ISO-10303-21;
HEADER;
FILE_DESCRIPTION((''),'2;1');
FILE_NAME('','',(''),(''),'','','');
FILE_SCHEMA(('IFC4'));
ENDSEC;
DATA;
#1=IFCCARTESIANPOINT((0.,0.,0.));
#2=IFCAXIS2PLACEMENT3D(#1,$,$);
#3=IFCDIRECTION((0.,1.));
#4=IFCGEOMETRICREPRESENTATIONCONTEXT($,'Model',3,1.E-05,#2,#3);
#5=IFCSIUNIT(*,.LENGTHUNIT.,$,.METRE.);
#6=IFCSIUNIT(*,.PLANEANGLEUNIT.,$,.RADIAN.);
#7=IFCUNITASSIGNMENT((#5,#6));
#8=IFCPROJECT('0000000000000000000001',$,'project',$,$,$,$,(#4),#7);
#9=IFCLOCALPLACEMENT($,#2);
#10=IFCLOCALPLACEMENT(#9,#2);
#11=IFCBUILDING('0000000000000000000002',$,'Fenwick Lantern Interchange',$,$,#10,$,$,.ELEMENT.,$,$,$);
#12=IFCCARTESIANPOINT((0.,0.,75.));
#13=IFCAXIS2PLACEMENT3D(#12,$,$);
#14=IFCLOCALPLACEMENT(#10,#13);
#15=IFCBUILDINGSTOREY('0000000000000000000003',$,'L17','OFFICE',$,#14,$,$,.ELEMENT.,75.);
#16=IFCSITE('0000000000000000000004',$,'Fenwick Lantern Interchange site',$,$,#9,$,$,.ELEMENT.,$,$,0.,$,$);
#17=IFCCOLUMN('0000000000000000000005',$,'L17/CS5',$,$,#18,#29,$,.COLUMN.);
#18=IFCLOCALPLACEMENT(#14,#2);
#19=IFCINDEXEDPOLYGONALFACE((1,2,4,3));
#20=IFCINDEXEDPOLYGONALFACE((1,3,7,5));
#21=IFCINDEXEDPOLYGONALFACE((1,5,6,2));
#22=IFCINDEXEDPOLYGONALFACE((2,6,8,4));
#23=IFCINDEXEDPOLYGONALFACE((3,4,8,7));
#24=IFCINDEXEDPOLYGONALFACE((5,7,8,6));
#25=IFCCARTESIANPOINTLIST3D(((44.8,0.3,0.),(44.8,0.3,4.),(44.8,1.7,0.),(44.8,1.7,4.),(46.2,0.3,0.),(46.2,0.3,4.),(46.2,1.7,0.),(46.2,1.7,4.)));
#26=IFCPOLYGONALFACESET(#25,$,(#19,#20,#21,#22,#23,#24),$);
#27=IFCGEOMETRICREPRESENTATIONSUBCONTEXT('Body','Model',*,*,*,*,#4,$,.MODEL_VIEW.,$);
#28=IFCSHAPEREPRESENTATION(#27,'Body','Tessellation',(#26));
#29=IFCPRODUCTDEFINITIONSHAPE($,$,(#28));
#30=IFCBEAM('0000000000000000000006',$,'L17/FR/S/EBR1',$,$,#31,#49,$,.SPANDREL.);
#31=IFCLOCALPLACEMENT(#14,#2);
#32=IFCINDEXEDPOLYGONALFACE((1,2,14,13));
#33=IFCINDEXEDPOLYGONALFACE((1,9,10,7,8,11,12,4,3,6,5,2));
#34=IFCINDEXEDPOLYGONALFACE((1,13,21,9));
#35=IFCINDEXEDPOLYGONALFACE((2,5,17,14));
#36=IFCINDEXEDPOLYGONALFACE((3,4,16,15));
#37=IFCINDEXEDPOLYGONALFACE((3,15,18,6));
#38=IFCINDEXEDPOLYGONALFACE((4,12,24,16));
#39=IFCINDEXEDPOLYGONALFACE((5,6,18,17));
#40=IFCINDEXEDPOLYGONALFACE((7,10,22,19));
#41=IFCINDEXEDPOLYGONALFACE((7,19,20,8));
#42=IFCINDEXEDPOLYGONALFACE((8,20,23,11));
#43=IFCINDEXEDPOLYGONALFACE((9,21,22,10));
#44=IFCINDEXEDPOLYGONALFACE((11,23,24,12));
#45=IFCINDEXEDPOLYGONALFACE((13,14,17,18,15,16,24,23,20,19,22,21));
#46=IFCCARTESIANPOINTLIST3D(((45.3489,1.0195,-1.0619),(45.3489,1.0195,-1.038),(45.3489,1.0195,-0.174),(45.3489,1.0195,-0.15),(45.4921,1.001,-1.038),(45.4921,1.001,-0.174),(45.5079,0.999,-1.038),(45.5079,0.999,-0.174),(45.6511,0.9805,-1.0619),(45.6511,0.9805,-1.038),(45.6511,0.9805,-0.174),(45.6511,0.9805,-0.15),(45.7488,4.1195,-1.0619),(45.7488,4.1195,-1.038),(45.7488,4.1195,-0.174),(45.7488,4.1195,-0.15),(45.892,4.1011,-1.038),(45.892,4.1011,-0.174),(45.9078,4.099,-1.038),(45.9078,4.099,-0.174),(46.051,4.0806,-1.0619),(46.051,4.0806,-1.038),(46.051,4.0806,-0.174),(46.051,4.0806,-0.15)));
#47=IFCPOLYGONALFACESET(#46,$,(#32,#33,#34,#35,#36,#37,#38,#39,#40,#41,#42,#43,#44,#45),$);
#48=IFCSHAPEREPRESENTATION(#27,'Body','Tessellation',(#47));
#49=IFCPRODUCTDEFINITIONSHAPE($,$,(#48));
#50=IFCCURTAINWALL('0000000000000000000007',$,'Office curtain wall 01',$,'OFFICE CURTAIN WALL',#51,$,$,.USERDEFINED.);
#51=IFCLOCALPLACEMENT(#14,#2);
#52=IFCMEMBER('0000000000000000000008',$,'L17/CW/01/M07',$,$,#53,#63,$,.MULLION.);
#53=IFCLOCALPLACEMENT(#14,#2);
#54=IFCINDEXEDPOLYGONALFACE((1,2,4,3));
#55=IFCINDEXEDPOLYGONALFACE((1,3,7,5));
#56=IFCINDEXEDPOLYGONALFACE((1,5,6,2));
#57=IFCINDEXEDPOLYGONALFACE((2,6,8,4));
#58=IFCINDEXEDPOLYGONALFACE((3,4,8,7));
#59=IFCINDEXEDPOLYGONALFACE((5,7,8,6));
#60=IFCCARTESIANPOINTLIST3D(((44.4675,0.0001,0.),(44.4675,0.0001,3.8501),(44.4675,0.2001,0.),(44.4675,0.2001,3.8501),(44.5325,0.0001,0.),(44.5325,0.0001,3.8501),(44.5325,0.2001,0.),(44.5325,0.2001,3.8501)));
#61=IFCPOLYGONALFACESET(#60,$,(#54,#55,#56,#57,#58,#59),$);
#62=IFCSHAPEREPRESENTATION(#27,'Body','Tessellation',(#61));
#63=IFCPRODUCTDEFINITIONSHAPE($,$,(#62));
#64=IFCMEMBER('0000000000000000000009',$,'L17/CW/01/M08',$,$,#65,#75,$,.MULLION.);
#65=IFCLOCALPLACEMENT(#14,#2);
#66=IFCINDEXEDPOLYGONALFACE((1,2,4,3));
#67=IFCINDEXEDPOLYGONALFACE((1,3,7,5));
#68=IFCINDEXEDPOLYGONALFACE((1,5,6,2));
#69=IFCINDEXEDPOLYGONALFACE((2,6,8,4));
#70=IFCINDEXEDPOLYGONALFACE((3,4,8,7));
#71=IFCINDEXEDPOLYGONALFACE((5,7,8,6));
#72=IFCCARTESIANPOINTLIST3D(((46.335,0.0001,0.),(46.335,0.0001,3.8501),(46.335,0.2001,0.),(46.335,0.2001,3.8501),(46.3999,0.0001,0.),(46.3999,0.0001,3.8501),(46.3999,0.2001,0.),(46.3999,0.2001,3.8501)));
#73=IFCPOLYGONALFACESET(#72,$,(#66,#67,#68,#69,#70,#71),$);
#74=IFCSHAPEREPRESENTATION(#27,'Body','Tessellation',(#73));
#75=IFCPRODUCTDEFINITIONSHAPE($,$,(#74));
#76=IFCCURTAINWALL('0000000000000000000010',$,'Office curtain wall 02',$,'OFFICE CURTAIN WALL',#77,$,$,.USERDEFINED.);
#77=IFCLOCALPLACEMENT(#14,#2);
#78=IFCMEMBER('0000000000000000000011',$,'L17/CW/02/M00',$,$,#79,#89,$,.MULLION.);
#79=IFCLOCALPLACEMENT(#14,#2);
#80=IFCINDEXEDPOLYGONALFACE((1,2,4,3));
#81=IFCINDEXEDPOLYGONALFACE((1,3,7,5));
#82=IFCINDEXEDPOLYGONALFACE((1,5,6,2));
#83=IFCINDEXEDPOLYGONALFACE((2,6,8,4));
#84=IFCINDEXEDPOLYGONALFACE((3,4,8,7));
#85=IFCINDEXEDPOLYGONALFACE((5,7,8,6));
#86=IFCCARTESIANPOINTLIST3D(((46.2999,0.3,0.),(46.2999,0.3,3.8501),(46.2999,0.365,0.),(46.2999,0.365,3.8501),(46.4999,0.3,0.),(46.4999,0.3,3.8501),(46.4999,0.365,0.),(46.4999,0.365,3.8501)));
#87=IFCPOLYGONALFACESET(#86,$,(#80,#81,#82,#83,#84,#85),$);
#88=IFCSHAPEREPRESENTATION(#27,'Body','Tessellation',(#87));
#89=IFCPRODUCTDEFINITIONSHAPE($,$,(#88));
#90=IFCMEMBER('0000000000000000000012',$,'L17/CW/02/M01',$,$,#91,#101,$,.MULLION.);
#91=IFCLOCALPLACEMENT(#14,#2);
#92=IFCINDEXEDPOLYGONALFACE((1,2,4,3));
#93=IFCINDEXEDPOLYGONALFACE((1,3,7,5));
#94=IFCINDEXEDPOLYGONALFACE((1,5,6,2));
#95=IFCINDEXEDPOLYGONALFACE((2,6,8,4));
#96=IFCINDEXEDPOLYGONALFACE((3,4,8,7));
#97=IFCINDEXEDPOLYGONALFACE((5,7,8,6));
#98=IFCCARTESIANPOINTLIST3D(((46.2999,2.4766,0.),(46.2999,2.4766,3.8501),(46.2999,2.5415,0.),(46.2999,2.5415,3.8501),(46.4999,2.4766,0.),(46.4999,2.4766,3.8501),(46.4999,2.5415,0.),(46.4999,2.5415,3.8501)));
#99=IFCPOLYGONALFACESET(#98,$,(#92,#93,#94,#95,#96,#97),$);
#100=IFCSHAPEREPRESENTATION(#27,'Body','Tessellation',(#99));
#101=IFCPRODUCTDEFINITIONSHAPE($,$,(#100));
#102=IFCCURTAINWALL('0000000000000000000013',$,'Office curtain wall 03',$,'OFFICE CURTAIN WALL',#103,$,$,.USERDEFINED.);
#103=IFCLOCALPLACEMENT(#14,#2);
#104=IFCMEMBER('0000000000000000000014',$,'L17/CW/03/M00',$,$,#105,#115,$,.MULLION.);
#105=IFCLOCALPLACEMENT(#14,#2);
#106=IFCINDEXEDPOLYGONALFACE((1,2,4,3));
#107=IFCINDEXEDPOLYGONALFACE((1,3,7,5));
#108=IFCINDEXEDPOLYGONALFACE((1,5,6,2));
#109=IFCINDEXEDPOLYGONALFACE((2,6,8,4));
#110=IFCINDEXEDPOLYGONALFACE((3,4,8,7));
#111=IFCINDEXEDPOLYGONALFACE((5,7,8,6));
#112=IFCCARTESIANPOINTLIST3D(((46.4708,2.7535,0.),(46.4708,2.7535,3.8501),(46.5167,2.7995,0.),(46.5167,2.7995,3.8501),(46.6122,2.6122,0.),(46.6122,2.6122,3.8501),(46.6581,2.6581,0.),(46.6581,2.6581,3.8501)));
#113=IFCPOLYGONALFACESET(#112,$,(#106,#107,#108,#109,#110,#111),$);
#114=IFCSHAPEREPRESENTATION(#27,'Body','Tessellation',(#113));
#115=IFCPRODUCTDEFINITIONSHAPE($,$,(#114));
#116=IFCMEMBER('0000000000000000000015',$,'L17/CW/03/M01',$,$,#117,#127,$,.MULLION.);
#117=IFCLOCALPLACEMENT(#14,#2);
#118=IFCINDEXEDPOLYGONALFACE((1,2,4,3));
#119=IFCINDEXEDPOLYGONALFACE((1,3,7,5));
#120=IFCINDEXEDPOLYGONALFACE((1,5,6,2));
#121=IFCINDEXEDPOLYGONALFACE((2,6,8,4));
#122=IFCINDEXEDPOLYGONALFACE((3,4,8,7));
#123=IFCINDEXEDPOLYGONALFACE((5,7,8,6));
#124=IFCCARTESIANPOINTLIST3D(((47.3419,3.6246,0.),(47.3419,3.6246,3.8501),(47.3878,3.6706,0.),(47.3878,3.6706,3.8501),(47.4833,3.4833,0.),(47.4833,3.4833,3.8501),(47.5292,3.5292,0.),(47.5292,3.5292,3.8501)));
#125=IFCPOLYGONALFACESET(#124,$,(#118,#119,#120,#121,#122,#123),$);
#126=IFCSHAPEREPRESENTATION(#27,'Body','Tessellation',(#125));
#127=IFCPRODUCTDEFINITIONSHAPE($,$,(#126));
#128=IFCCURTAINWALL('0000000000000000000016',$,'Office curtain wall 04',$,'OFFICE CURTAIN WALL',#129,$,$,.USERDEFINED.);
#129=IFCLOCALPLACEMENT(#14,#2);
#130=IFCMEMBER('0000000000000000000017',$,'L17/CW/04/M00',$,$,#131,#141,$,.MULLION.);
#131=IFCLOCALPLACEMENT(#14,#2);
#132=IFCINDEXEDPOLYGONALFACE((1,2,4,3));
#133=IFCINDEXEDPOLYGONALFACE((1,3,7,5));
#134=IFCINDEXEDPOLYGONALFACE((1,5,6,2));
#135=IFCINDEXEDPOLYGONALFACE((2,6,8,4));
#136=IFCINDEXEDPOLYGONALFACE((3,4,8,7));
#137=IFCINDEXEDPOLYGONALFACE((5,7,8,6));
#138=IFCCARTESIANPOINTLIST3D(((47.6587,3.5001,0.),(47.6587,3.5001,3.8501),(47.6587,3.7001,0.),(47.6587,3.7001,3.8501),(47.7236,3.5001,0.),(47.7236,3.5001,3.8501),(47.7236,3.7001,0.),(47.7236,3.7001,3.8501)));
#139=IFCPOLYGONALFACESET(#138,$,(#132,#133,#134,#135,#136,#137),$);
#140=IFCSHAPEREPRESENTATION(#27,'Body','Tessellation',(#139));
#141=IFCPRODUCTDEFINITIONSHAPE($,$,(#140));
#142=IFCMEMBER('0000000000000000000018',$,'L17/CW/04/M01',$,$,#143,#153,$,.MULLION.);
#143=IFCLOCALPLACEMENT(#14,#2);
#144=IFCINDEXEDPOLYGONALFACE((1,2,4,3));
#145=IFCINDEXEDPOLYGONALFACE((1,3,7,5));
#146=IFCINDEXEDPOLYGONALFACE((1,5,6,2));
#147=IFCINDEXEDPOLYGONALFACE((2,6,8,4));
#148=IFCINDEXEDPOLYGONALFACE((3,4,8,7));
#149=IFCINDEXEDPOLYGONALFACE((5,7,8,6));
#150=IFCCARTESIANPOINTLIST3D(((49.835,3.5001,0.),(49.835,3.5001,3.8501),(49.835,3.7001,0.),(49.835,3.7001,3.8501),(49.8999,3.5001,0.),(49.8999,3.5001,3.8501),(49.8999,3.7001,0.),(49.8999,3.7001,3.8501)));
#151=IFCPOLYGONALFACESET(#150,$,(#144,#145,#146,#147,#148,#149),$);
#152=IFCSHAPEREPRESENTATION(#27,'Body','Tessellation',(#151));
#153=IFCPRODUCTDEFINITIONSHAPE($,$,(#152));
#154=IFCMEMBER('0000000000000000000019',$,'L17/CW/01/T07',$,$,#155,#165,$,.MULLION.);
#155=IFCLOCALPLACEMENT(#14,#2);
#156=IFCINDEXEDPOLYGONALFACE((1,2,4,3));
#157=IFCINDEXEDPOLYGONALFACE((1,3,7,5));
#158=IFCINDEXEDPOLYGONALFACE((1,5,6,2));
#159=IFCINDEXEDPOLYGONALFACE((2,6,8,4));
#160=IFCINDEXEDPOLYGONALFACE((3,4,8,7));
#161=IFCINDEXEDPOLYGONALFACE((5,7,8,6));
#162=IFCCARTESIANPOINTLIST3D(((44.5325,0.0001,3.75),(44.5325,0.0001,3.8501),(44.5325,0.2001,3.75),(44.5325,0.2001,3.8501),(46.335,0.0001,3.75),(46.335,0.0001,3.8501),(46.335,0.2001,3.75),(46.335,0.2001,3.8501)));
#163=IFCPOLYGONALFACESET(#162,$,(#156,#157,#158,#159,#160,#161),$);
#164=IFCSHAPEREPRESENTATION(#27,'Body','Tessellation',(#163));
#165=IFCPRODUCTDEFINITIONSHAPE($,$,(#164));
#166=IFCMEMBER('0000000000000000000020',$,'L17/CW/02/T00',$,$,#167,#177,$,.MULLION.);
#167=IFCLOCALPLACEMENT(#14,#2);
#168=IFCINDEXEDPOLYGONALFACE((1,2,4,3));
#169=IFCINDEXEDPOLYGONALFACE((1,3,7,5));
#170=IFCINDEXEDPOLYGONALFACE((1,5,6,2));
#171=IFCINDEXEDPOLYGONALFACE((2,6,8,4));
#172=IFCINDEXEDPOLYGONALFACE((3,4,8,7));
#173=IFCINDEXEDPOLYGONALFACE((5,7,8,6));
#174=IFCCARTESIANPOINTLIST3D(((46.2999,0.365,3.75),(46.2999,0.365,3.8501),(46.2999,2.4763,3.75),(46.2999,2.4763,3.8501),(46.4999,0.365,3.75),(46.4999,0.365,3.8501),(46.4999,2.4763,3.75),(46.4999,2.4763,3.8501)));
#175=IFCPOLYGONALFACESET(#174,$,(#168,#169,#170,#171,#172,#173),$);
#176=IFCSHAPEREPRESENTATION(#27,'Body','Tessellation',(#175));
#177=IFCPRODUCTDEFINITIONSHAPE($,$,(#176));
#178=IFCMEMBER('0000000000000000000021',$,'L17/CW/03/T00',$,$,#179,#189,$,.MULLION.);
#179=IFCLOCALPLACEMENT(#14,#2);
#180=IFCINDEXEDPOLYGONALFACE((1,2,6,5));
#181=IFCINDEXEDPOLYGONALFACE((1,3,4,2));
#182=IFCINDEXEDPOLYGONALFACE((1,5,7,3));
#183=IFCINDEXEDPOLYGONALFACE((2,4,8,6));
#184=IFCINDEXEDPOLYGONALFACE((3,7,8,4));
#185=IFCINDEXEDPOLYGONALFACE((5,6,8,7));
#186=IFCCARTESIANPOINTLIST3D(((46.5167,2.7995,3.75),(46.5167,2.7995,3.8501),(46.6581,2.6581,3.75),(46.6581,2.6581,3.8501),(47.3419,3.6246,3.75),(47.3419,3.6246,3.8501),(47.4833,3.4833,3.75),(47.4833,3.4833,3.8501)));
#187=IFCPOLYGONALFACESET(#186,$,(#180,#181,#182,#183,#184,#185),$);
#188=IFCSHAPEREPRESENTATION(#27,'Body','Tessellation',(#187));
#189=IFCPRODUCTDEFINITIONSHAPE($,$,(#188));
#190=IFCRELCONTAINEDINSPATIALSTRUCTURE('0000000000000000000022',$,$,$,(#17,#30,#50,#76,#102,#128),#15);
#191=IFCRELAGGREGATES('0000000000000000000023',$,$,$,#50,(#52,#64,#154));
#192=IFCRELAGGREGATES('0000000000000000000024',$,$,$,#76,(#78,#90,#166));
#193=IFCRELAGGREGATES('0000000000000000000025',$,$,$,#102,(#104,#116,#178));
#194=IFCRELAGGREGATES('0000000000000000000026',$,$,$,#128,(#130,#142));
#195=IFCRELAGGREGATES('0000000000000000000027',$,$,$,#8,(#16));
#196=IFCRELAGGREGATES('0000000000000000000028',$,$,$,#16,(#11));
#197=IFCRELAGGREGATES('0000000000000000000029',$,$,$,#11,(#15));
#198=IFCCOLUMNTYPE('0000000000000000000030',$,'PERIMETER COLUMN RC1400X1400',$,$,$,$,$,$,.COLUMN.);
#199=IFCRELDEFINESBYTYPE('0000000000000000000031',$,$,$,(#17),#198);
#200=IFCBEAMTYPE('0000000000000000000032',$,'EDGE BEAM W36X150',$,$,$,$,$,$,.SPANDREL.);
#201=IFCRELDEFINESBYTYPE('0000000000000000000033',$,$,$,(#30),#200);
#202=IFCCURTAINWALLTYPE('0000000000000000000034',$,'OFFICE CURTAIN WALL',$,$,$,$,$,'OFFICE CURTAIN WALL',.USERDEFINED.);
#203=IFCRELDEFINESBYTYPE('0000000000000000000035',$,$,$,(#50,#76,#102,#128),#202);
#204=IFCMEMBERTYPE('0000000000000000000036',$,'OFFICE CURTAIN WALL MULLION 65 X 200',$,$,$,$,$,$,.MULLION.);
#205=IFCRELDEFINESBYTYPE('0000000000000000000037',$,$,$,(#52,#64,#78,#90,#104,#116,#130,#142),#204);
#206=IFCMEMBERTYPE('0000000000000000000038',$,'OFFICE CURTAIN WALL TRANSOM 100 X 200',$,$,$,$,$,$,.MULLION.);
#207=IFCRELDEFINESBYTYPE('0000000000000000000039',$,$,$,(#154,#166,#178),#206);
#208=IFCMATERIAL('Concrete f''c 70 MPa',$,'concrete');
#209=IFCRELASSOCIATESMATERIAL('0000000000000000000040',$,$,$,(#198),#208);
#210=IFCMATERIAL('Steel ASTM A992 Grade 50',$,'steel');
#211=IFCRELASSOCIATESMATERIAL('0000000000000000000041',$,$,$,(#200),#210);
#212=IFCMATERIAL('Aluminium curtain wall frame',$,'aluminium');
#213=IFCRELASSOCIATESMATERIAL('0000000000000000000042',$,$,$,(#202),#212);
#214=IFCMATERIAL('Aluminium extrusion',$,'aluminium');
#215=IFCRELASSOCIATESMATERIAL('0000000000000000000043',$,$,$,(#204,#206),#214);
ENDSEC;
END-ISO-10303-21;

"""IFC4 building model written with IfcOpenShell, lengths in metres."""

from ifc_helpers import new_model, si_unit, direction, frame, origin, origin_2d, place, context, subcontext, project, spatial, rectangle, i_section, extrude, material, material_profile, profile_set, type_object, element, aggregate, save


model = new_model("IFC4")

# Units and contexts
model_context = context("Model", 3, precision=1e-05, world=origin(), true_north=direction((0.0, 1.0)))
body_context = subcontext(model_context, "Body", "Model", "MODEL_VIEW")
ifc_project = project(units=[si_unit("LENGTHUNIT", "METRE"), si_unit("PLANEANGLEUNIT", "RADIAN")], contexts=[model_context])

# Site, building, storey
site_placement = place(None, origin())
site = spatial("IfcSite", under=ifc_project, at=site_placement, Name="Fenwick Lantern Interchange site", CompositionType="ELEMENT", RefElevation=0.0)
building_placement = place(site_placement, origin())
building = spatial("IfcBuilding", under=site, at=building_placement, Name="Fenwick Lantern Interchange", CompositionType="ELEMENT")
storey_placement = place(building_placement, frame((0.0, 0.0, 75.0)))
storey = spatial("IfcBuildingStorey", under=building, at=storey_placement, Name="L17", Description="OFFICE", CompositionType="ELEMENT", Elevation=75.0)

# Column
ifc_material_1 = material(Name="Concrete f'c 70 MPa", Category="concrete")
ifc_material_profile_1 = material_profile(ifc_material_1, rectangle(XDim=1.3999, YDim=1.3999, at=origin_2d()), Name="RC1400X1400")
ifc_profile_set_1 = profile_set([ifc_material_profile_1], Name="Concrete f'c 70 MPa")
column_type = type_object("IfcColumnType", Name="PERIMETER COLUMN RC1400X1400", PredefinedType="COLUMN", material=ifc_profile_set_1)
column_placement = place(storey_placement, frame((45.5, 1.0, 0.0), z_axis=(0.0, 0.0, 1.0), x_axis=(1.0, 0.0, 0.0)))
element("IfcColumn", 1, at=column_placement, inside=storey, type_object=column_type, Name="L17/CS5", PredefinedType="COLUMN", context=body_context, shape_type="SweptSolid", body=[
    extrude(rectangle(XDim=1.3999, YDim=1.3999, at=origin_2d()), origin(), (0.0, 0.0, 1.0), 4.0),
])

# Beam
ifc_material_2 = material(Name="Steel ASTM A992 Grade 50", Category="steel")
ifc_material_profile_2 = material_profile(ifc_material_2, i_section(OverallWidth=0.3047, OverallDepth=0.9119, WebThickness=0.0159, FlangeThickness=0.0239, at=origin_2d()), Name="W36X150")
ifc_profile_set_2 = profile_set([ifc_material_profile_2], Name="Steel ASTM A992 Grade 50")
beam_type = type_object("IfcBeamType", Name="EDGE BEAM W36X150", PredefinedType="SPANDREL", material=ifc_profile_set_2)
beam_placement = place(storey_placement, frame((45.5, 1.0, -0.606), z_axis=(0.127937, 0.991782, 0.0), x_axis=(-0.991782, 0.127937, 0.0)))
element("IfcBeam", 2, at=beam_placement, inside=storey, type_object=beam_type, Name="L17/FR/S/EBR1", PredefinedType="SPANDREL", context=body_context, shape_type="SweptSolid", body=[
    extrude(i_section(OverallWidth=0.3047, OverallDepth=0.9119, WebThickness=0.0159, FlangeThickness=0.0239, at=origin_2d()), origin(), (0.0, 0.0, 1.0), 3.1257),
])

# Curtain walls, members
ifc_material_3 = material(Name="Aluminium curtain wall frame", Category="aluminium")
curtain_wall_type = type_object("IfcCurtainWallType", Name="OFFICE CURTAIN WALL", ElementType="OFFICE CURTAIN WALL", PredefinedType="USERDEFINED", material=ifc_material_3)
curtain_wall_1_placement = place(storey_placement, origin())
curtain_wall_1 = element("IfcCurtainWall", 3, at=curtain_wall_1_placement, inside=storey, type_object=curtain_wall_type, Name="Office curtain wall 01", ObjectType="OFFICE CURTAIN WALL", PredefinedType="USERDEFINED")
ifc_material_4 = material(Name="Aluminium extrusion", Category="aluminium")
ifc_material_profile_3 = material_profile(ifc_material_4, rectangle(XDim=0.2, YDim=0.0649, at=origin_2d()), Name="OFFICE CURTAIN WALL MULLION 65 X 200")
ifc_profile_set_3 = profile_set([ifc_material_profile_3], Name="Aluminium extrusion")
member_type_1 = type_object("IfcMemberType", Name="OFFICE CURTAIN WALL MULLION 65 X 200", PredefinedType="MULLION", material=ifc_profile_set_3)
member_1_placement = place(storey_placement, frame((44.5, 0.1001, 0.0), z_axis=(0.0, 0.0, 1.0), x_axis=(0.0, 1.0, 0.0)))
member_1 = element("IfcMember", 4, at=member_1_placement, type_object=member_type_1, Name="L17/CW/01/M07", PredefinedType="MULLION", context=body_context, shape_type="SweptSolid", body=[
    extrude(rectangle(XDim=0.2, YDim=0.0649, at=origin_2d()), origin(), (0.0, 0.0, 1.0), 3.8501),
])
member_2_placement = place(storey_placement, frame((46.3674, 0.1001, 0.0), z_axis=(0.0, 0.0, 1.0), x_axis=(0.0, 1.0, 0.0)))
member_2 = element("IfcMember", 5, at=member_2_placement, type_object=member_type_1, Name="L17/CW/01/M08", PredefinedType="MULLION", context=body_context, shape_type="SweptSolid", body=[
    extrude(rectangle(XDim=0.2, YDim=0.0649, at=origin_2d()), origin(), (0.0, 0.0, 1.0), 3.8501),
])
curtain_wall_2_placement = place(storey_placement, origin())
curtain_wall_2 = element("IfcCurtainWall", 6, at=curtain_wall_2_placement, inside=storey, type_object=curtain_wall_type, Name="Office curtain wall 02", ObjectType="OFFICE CURTAIN WALL", PredefinedType="USERDEFINED")
member_3_placement = place(storey_placement, frame((46.3999, 0.3325, 0.0), z_axis=(0.0, 0.0, 1.0), x_axis=(-1.0, 0.0, 0.0)))
member_3 = element("IfcMember", 7, at=member_3_placement, type_object=member_type_1, Name="L17/CW/02/M00", PredefinedType="MULLION", context=body_context, shape_type="SweptSolid", body=[
    extrude(rectangle(XDim=0.2, YDim=0.0649, at=origin_2d()), origin(), (0.0, 0.0, 1.0), 3.8501),
])
member_4_placement = place(storey_placement, frame((46.3999, 2.509, 0.0), z_axis=(0.0, 0.0, 1.0), x_axis=(-1.0, 0.0, 0.0)))
member_4 = element("IfcMember", 8, at=member_4_placement, type_object=member_type_1, Name="L17/CW/02/M01", PredefinedType="MULLION", context=body_context, shape_type="SweptSolid", body=[
    extrude(rectangle(XDim=0.2, YDim=0.0649, at=origin_2d()), origin(), (0.0, 0.0, 1.0), 3.8501),
])
curtain_wall_3_placement = place(storey_placement, origin())
curtain_wall_3 = element("IfcCurtainWall", 9, at=curtain_wall_3_placement, inside=storey, type_object=curtain_wall_type, Name="Office curtain wall 03", ObjectType="OFFICE CURTAIN WALL", PredefinedType="USERDEFINED")
member_5_placement = place(storey_placement, frame((46.5645, 2.7058, 0.0), z_axis=(0.0, 0.0, 1.0), x_axis=(-0.707107, 0.707107, 0.0)))
member_5 = element("IfcMember", 10, at=member_5_placement, type_object=member_type_1, Name="L17/CW/03/M00", PredefinedType="MULLION", context=body_context, shape_type="SweptSolid", body=[
    extrude(rectangle(XDim=0.2, YDim=0.0649, at=origin_2d()), origin(), (0.0, 0.0, 1.0), 3.8501),
])
member_6_placement = place(storey_placement, frame((47.4355, 3.5769, 0.0), z_axis=(0.0, 0.0, 1.0), x_axis=(-0.707107, 0.707107, 0.0)))
member_6 = element("IfcMember", 11, at=member_6_placement, type_object=member_type_1, Name="L17/CW/03/M01", PredefinedType="MULLION", context=body_context, shape_type="SweptSolid", body=[
    extrude(rectangle(XDim=0.2, YDim=0.0649, at=origin_2d()), origin(), (0.0, 0.0, 1.0), 3.8501),
])
curtain_wall_4_placement = place(storey_placement, origin())
curtain_wall_4 = element("IfcCurtainWall", 12, at=curtain_wall_4_placement, inside=storey, type_object=curtain_wall_type, Name="Office curtain wall 04", ObjectType="OFFICE CURTAIN WALL", PredefinedType="USERDEFINED")
member_7_placement = place(storey_placement, frame((47.6912, 3.6001, 0.0), z_axis=(0.0, 0.0, 1.0), x_axis=(0.0, 1.0, 0.0)))
member_7 = element("IfcMember", 13, at=member_7_placement, type_object=member_type_1, Name="L17/CW/04/M00", PredefinedType="MULLION", context=body_context, shape_type="SweptSolid", body=[
    extrude(rectangle(XDim=0.2, YDim=0.0649, at=origin_2d()), origin(), (0.0, 0.0, 1.0), 3.8501),
])
member_8_placement = place(storey_placement, frame((49.8674, 3.6001, 0.0), z_axis=(0.0, 0.0, 1.0), x_axis=(0.0, 1.0, 0.0)))
member_8 = element("IfcMember", 14, at=member_8_placement, type_object=member_type_1, Name="L17/CW/04/M01", PredefinedType="MULLION", context=body_context, shape_type="SweptSolid", body=[
    extrude(rectangle(XDim=0.2, YDim=0.0649, at=origin_2d()), origin(), (0.0, 0.0, 1.0), 3.8501),
])

# Members
ifc_material_profile_4 = material_profile(ifc_material_4, rectangle(XDim=0.2, YDim=0.1001, at=origin_2d()), Name="OFFICE CURTAIN WALL TRANSOM 100 X 200")
ifc_profile_set_4 = profile_set([ifc_material_profile_4], Name="Aluminium extrusion")
member_type_2 = type_object("IfcMemberType", Name="OFFICE CURTAIN WALL TRANSOM 100 X 200", PredefinedType="MULLION", material=ifc_profile_set_4)
member_9_placement = place(storey_placement, frame((44.5325, 0.1001, 3.8), z_axis=(1.0, 0.0, 0.0), x_axis=(0.0, 1.0, 0.0)))
member_9 = element("IfcMember", 15, at=member_9_placement, type_object=member_type_2, Name="L17/CW/01/T07", PredefinedType="MULLION", context=body_context, shape_type="SweptSolid", body=[
    extrude(rectangle(XDim=0.2, YDim=0.1001, at=origin_2d()), origin(), (0.0, 0.0, 1.0), 1.8025),
])
member_10_placement = place(storey_placement, frame((46.3999, 0.365, 3.8), z_axis=(0.0, 1.0, 0.0), x_axis=(-1.0, 0.0, 0.0)))
member_10 = element("IfcMember", 16, at=member_10_placement, type_object=member_type_2, Name="L17/CW/02/T00", PredefinedType="MULLION", context=body_context, shape_type="SweptSolid", body=[
    extrude(rectangle(XDim=0.2, YDim=0.1001, at=origin_2d()), origin(), (0.0, 0.0, 1.0), 2.1113),
])
member_11_placement = place(storey_placement, frame((46.5874, 2.7288, 3.8), z_axis=(0.707107, 0.707107, 0.0), x_axis=(-0.707107, 0.707107, 0.0)))
member_11 = element("IfcMember", 17, at=member_11_placement, type_object=member_type_2, Name="L17/CW/03/T00", PredefinedType="MULLION", context=body_context, shape_type="SweptSolid", body=[
    extrude(rectangle(XDim=0.2, YDim=0.1001, at=origin_2d()), origin(), (0.0, 0.0, 1.0), 1.167),
])

aggregate(curtain_wall_1, [member_1, member_2, member_9])
aggregate(curtain_wall_2, [member_3, member_4, member_10])
aggregate(curtain_wall_3, [member_5, member_6, member_11])
aggregate(curtain_wall_4, [member_7, member_8])

save(model, "model.ifc")
